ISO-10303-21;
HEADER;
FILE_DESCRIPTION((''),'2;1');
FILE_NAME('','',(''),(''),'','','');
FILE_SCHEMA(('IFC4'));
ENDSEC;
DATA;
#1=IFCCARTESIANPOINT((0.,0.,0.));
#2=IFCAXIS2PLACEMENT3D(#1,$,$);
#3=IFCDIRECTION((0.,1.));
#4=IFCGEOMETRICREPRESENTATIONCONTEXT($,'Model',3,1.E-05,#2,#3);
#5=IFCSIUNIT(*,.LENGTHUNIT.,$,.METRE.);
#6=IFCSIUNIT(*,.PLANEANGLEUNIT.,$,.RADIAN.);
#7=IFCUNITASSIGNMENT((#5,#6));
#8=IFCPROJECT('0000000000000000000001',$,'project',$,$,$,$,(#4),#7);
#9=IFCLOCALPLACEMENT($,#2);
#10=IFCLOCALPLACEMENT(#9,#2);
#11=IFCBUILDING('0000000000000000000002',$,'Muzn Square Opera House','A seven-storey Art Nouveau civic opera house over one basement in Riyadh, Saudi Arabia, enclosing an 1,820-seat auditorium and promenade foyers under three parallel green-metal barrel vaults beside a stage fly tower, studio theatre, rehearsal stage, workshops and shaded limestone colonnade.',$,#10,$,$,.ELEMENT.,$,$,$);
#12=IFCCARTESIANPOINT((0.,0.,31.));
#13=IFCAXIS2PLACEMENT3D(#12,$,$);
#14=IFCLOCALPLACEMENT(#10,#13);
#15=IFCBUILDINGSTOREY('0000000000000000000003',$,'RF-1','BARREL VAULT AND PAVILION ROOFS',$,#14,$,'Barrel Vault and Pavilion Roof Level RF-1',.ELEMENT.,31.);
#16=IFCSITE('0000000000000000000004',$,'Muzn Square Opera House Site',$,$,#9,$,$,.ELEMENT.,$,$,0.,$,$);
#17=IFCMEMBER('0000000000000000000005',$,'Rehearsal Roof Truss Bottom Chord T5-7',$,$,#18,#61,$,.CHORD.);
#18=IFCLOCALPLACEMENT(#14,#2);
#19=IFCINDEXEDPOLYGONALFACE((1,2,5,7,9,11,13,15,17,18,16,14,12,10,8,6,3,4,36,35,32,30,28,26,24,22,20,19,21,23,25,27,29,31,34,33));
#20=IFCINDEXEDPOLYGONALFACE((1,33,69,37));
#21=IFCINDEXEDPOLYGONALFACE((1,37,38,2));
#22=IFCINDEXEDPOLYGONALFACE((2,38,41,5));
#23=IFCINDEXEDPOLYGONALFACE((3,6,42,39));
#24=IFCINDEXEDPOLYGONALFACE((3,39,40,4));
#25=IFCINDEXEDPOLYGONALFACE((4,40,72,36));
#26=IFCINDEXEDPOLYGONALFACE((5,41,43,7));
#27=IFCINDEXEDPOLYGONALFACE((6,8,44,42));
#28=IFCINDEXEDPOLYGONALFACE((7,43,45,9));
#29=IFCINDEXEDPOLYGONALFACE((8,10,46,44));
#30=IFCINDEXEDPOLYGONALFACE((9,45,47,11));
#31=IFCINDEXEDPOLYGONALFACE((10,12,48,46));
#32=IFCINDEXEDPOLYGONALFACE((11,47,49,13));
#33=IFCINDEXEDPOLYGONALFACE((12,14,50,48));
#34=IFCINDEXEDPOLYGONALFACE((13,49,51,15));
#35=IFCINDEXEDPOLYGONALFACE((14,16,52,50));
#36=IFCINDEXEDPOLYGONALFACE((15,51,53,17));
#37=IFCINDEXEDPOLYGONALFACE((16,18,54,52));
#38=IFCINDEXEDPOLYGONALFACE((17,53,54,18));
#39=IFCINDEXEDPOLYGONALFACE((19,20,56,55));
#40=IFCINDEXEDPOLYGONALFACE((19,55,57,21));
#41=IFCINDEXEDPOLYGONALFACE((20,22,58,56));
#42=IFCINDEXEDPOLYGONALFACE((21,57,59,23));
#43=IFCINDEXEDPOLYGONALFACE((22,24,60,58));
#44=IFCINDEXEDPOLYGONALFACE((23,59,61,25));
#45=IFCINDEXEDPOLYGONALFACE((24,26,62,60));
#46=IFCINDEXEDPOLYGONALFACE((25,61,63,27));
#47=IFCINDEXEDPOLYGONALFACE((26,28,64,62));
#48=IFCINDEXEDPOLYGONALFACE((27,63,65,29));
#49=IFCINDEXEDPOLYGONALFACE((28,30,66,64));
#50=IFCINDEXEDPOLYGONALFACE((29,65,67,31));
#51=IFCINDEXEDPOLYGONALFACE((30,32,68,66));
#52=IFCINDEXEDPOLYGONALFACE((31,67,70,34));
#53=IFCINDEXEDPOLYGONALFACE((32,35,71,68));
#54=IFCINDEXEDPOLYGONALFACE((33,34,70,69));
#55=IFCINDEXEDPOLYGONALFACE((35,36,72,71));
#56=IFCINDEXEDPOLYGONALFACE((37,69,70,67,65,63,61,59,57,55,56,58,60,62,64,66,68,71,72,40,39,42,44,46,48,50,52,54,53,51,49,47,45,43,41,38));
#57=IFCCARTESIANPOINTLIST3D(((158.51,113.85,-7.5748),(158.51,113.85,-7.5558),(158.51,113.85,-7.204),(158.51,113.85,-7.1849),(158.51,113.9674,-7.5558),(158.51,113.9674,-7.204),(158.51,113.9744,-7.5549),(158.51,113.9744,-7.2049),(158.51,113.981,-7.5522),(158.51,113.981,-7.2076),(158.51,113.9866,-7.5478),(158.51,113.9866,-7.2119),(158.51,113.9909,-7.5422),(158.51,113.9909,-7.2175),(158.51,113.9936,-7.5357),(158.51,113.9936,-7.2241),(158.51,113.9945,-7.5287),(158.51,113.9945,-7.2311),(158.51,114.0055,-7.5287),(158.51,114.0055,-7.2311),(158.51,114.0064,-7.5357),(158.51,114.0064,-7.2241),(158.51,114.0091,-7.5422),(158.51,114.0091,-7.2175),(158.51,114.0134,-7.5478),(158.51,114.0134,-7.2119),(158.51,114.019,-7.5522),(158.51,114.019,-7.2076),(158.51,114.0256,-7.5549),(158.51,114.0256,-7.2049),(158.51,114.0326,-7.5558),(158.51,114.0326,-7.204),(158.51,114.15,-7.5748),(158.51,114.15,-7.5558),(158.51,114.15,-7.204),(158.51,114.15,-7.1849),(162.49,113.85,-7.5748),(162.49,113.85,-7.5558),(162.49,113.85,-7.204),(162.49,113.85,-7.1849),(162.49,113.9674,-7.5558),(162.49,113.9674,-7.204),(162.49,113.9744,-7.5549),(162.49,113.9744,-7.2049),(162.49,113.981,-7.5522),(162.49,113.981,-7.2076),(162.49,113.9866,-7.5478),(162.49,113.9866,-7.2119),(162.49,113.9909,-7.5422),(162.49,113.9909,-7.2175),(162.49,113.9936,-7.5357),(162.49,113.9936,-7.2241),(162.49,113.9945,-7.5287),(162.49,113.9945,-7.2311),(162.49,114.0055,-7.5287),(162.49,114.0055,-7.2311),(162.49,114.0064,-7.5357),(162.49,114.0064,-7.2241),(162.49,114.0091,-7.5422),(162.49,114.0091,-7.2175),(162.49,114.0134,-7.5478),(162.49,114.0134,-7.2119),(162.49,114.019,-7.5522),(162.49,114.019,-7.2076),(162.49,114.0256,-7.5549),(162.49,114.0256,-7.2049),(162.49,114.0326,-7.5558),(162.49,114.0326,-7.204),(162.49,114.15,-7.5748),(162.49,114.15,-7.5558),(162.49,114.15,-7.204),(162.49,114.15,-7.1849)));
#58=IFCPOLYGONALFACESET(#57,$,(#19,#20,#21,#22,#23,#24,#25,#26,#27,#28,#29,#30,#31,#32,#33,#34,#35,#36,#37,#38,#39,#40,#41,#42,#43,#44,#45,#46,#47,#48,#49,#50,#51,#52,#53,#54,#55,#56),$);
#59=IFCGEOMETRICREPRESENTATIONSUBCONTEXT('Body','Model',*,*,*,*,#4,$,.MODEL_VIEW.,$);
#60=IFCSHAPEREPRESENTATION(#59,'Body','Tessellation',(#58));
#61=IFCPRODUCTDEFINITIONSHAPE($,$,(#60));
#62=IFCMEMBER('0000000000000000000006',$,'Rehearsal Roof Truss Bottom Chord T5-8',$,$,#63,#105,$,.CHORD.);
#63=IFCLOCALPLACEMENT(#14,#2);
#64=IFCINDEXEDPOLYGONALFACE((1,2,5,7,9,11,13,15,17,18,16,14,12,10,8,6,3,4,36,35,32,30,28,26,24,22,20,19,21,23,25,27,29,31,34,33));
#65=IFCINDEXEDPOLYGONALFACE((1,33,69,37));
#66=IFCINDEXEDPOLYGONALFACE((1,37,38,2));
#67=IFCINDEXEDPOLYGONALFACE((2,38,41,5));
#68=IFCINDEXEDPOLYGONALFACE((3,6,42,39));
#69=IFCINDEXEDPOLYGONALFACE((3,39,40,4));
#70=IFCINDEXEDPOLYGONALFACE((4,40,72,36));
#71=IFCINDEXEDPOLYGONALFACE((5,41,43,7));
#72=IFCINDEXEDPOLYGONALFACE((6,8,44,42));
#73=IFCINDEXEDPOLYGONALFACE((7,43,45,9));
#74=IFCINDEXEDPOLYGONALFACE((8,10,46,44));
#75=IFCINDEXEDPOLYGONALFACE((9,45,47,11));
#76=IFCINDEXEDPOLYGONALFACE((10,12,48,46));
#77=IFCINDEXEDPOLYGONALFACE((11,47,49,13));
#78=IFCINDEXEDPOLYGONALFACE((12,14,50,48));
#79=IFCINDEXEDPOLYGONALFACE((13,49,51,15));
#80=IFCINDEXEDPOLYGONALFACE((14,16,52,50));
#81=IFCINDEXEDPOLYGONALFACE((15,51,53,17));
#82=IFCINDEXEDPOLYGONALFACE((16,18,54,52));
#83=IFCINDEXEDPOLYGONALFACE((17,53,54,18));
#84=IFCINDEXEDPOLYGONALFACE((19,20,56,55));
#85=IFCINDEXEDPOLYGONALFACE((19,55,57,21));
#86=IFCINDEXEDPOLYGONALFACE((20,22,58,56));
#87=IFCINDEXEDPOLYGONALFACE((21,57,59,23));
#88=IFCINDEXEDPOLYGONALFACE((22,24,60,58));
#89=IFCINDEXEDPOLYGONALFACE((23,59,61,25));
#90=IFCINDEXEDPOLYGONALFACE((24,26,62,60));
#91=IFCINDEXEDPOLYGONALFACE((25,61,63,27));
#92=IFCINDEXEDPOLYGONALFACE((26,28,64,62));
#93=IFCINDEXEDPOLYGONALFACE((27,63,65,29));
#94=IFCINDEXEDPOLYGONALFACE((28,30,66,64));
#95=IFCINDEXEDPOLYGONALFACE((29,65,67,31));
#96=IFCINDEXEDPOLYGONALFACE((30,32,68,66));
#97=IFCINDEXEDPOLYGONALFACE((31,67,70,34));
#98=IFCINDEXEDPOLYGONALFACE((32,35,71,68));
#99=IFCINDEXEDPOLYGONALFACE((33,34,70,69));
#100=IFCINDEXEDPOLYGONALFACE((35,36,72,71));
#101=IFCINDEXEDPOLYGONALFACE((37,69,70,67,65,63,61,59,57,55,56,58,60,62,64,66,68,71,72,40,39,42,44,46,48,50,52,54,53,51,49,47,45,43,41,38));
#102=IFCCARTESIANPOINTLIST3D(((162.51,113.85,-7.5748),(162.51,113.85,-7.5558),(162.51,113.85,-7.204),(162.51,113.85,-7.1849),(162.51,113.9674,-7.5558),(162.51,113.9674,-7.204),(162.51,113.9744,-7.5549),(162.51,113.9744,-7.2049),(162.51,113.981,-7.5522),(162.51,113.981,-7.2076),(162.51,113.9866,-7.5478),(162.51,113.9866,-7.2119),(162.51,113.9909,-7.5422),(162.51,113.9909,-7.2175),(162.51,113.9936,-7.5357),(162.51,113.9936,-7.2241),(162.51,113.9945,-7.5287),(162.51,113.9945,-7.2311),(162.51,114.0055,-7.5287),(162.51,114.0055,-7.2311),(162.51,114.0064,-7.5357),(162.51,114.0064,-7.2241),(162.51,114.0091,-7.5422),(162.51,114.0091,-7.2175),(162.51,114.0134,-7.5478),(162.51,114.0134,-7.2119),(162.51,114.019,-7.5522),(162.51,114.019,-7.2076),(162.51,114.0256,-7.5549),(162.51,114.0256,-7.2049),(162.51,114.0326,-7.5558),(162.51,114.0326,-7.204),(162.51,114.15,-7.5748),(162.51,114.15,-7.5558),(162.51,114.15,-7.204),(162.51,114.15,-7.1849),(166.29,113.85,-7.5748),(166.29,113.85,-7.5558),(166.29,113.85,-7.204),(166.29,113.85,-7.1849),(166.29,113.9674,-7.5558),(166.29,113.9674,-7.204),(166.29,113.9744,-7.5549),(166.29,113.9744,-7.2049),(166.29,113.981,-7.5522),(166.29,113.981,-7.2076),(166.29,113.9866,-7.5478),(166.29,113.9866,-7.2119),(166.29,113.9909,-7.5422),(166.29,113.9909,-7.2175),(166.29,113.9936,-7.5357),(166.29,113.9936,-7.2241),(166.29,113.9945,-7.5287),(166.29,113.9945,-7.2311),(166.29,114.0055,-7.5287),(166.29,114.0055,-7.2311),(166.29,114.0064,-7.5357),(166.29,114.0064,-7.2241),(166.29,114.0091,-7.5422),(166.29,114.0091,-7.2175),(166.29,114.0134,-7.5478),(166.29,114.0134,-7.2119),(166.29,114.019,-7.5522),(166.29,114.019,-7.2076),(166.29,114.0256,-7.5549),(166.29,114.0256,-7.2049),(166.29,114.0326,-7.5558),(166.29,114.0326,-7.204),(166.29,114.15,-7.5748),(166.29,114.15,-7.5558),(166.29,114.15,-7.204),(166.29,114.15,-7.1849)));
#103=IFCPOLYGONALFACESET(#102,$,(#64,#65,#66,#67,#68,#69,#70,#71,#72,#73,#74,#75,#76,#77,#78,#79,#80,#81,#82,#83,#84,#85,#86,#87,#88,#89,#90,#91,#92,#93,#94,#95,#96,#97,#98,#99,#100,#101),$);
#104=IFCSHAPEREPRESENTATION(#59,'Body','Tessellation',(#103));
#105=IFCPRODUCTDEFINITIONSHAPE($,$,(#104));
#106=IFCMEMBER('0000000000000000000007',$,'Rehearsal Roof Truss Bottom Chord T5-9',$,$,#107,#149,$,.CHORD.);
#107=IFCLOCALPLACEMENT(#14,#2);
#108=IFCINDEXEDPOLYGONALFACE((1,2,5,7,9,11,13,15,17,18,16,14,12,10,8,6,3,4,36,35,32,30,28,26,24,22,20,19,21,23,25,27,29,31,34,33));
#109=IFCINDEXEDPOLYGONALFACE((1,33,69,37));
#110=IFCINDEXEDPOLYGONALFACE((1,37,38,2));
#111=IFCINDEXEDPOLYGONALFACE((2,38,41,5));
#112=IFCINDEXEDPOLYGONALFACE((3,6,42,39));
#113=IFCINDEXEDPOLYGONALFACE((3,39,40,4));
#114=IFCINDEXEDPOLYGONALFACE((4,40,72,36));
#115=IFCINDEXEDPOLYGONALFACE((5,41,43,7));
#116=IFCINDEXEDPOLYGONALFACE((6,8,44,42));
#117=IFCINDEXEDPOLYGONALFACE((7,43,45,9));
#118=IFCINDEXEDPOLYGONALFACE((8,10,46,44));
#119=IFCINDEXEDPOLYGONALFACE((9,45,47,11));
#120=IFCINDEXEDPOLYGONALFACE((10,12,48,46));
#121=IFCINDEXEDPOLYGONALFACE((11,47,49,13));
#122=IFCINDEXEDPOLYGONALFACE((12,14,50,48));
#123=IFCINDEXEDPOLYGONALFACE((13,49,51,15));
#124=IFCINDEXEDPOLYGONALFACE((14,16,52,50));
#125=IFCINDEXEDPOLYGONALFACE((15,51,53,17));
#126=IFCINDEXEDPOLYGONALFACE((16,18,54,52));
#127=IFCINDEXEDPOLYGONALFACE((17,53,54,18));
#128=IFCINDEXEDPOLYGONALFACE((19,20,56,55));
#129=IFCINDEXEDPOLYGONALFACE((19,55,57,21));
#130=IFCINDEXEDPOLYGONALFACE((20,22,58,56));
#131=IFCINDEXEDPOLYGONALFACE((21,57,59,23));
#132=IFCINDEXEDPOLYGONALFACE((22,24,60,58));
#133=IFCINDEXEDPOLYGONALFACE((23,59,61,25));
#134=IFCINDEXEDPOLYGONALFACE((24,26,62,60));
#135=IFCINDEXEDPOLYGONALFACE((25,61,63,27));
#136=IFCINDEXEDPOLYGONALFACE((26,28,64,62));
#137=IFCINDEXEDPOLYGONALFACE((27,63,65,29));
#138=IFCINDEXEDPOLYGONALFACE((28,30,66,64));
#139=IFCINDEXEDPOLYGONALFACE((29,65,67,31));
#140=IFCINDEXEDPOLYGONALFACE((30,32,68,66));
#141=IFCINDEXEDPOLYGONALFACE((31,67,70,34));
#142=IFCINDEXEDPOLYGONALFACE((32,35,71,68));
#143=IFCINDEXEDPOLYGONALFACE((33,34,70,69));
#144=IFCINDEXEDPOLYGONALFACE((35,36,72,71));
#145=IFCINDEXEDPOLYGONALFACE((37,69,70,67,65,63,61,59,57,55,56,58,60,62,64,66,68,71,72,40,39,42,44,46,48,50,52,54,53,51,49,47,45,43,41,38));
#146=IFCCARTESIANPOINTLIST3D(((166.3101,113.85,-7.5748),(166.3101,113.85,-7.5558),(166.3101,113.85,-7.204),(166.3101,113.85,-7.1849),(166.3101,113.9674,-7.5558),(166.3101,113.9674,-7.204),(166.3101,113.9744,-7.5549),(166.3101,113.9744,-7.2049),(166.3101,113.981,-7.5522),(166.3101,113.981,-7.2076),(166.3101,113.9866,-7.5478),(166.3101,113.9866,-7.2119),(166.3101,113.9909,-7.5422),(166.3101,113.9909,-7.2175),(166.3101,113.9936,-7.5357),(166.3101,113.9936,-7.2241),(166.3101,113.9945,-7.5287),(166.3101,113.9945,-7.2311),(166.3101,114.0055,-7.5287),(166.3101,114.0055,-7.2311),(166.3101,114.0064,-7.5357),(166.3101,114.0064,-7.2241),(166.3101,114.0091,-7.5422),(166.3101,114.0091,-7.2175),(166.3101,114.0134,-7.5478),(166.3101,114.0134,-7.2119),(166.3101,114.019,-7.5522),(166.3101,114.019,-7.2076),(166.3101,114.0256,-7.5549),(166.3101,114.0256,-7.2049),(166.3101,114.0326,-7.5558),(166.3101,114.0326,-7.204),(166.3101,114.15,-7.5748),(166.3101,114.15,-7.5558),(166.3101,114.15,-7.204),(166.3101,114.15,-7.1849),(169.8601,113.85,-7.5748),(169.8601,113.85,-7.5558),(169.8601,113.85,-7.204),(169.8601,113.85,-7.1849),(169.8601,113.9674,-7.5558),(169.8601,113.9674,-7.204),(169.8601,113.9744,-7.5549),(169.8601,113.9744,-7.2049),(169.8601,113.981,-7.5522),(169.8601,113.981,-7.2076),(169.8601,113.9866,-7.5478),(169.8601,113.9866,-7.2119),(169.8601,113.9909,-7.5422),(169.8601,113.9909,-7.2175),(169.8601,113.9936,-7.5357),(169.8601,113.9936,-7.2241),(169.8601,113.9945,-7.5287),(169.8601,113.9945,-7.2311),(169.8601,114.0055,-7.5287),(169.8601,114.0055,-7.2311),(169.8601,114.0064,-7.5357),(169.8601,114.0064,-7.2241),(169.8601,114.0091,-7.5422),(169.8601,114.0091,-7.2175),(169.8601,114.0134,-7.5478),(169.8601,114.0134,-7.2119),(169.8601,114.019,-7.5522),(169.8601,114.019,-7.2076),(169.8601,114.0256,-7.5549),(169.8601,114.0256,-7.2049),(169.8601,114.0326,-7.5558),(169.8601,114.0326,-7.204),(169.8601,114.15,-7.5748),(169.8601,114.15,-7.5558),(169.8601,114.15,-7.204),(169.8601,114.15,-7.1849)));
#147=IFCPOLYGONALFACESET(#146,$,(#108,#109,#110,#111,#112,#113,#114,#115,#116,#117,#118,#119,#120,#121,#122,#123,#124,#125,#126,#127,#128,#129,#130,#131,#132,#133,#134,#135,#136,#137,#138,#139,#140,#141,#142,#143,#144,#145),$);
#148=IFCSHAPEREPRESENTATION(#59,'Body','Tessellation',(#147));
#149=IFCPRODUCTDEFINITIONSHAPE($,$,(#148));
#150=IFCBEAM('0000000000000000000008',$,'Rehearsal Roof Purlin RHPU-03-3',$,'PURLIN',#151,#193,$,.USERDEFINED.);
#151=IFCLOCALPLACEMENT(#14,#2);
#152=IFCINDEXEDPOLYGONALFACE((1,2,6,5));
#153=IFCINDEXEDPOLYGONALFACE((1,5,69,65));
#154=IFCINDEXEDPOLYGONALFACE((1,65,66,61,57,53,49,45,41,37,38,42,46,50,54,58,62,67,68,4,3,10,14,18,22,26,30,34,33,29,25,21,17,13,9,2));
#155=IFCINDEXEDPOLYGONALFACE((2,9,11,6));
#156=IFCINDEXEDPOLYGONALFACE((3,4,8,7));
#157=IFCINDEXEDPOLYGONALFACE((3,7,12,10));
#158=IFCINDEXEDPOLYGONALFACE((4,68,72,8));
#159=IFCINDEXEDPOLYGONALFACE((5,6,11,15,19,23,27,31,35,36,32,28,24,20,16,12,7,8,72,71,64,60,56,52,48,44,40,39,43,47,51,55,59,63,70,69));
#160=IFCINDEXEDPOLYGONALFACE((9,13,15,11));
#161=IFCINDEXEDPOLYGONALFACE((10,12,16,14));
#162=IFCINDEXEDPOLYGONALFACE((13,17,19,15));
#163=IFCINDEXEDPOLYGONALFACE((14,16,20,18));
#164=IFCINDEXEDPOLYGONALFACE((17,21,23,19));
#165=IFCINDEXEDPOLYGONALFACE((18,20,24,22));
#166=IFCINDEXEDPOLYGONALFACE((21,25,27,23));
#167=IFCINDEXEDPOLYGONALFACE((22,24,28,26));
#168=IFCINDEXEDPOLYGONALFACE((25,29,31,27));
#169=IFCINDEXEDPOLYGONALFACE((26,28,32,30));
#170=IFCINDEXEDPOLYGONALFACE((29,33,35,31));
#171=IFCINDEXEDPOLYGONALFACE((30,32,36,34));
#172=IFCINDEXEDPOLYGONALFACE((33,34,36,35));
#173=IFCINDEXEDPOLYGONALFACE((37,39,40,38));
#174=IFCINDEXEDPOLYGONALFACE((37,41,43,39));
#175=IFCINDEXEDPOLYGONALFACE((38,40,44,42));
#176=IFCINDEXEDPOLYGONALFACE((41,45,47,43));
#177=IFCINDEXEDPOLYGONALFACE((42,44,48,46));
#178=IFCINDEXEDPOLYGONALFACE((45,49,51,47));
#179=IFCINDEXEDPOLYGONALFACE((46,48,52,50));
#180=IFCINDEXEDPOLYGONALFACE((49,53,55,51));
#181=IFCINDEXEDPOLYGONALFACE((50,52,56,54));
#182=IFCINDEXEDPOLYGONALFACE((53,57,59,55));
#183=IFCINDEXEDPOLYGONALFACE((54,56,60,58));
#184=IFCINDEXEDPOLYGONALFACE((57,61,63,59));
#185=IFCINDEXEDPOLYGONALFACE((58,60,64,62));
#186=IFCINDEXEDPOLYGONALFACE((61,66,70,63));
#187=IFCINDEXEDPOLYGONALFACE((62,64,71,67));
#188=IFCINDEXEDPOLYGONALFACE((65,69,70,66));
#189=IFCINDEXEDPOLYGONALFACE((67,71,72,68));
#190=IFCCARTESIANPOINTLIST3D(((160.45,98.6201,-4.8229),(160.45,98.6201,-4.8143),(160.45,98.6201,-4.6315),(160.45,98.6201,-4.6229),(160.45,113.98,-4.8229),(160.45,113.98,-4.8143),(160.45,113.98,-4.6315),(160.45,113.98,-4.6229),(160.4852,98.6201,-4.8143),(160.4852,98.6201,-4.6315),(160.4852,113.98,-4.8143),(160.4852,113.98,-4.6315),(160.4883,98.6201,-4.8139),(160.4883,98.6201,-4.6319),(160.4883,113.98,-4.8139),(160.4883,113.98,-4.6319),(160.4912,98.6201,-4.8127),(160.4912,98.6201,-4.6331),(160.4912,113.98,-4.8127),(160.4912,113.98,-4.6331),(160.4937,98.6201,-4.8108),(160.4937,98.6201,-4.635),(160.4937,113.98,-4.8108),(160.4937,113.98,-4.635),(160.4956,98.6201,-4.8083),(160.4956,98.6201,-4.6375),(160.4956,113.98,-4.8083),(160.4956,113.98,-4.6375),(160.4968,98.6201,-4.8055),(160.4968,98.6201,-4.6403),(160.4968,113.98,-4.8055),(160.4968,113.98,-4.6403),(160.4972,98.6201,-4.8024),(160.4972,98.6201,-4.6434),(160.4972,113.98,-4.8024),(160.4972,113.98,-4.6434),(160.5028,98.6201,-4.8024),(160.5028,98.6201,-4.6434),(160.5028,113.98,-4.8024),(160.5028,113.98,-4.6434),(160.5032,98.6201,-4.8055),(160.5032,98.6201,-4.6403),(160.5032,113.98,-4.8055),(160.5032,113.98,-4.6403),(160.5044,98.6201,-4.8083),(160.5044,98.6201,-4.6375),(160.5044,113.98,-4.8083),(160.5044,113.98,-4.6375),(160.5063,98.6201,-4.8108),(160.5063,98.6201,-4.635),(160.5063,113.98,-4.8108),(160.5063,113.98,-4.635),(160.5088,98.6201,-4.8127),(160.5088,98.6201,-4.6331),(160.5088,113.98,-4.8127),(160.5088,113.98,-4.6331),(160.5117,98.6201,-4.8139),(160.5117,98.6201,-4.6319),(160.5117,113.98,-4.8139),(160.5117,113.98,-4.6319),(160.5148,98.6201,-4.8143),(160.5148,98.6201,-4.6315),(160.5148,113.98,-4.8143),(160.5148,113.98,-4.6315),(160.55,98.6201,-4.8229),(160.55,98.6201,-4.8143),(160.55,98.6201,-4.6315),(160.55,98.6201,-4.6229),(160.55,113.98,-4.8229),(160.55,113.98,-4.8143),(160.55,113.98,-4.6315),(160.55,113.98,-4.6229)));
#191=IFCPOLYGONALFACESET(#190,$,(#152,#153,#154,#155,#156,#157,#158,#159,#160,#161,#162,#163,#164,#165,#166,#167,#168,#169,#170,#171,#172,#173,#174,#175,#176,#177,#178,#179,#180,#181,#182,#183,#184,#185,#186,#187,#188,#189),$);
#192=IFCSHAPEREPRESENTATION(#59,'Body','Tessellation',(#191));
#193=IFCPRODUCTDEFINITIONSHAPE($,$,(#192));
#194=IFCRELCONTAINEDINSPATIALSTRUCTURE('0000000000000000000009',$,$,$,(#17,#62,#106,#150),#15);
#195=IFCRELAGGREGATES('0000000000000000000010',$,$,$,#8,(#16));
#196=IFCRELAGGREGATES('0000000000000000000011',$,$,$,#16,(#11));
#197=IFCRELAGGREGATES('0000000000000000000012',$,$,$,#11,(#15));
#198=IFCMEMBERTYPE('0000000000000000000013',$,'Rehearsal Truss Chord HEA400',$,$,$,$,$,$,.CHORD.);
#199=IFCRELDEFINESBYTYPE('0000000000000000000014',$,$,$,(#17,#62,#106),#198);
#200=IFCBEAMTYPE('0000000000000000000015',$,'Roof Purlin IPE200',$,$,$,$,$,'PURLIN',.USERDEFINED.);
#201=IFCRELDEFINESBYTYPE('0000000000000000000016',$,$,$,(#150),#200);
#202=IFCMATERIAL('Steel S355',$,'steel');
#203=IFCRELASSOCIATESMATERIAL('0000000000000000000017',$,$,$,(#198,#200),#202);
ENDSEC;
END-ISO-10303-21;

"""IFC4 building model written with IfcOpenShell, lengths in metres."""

from ifc_helpers import new_model, si_unit, direction, frame, origin, origin_2d, place, context, subcontext, project, spatial, i_section, extrude, material, material_profile, profile_set, type_object, element, save


model = new_model("IFC4")

# Units and contexts
model_context = context("Model", 3, precision=1e-05, world=origin(), true_north=direction((0.0, 1.0)))
body_context = subcontext(model_context, "Body", "Model", "MODEL_VIEW")
ifc_project = project(units=[si_unit("LENGTHUNIT", "METRE"), si_unit("PLANEANGLEUNIT", "RADIAN")], contexts=[model_context])

# Site, building, storey
site_placement = place(None, origin())
site = spatial("IfcSite", under=ifc_project, at=site_placement, Name="Muzn Square Opera House Site", CompositionType="ELEMENT", RefElevation=0.0)
building_placement = place(site_placement, origin())
building = spatial("IfcBuilding", under=site, at=building_placement, Name="Muzn Square Opera House", Description="A seven-storey Art Nouveau civic opera house over one basement in Riyadh, Saudi Arabia, enclosing an 1,820-seat auditorium and promenade foyers under three parallel green-metal barrel vaults beside a stage fly tower, studio theatre, rehearsal stage, workshops and shaded limestone colonnade.", CompositionType="ELEMENT")
storey_placement = place(building_placement, frame((0.0, 0.0, 31.0)))
storey = spatial("IfcBuildingStorey", under=building, at=storey_placement, Name="RF-1", Description="BARREL VAULT AND PAVILION ROOFS", LongName="Barrel Vault and Pavilion Roof Level RF-1", CompositionType="ELEMENT", Elevation=31.0)

# Shared definitions
ifc_material = material(Name="Steel S355", Category="steel")

# Members
ifc_material_profile_1 = material_profile(ifc_material, i_section(OverallWidth=0.3, OverallDepth=0.3899, WebThickness=0.011, FlangeThickness=0.019, FilletRadius=0.0271, at=origin_2d()), Name="HEA 400", Category="steel")
ifc_profile_set_1 = profile_set([ifc_material_profile_1], Name="Steel S355")
member_type_1 = type_object("IfcMemberType", Name="Rehearsal Truss Chord HEA400", PredefinedType="CHORD", material=ifc_profile_set_1)
member_1_placement = place(storey_placement, frame((158.51, 114.0, -7.3799), z_axis=(1.0, 0.0, 0.0), x_axis=(0.0, 1.0, 0.0)))
element("IfcMember", 1, at=member_1_placement, inside=storey, type_object=member_type_1, Name="Rehearsal Roof Truss Bottom Chord T5-7", PredefinedType="CHORD", context=body_context, shape_type="SweptSolid", body=[
    extrude(i_section(OverallWidth=0.3, OverallDepth=0.3899, WebThickness=0.011, FlangeThickness=0.019, FilletRadius=0.0271, at=origin_2d()), origin(), (0.0, 0.0, 1.0), 3.98),
])
member_2_placement = place(storey_placement, frame((162.51, 114.0, -7.3799), z_axis=(1.0, 0.0, 0.0), x_axis=(0.0, 1.0, 0.0)))
element("IfcMember", 2, at=member_2_placement, inside=storey, type_object=member_type_1, Name="Rehearsal Roof Truss Bottom Chord T5-8", PredefinedType="CHORD", context=body_context, shape_type="SweptSolid", body=[
    extrude(i_section(OverallWidth=0.3, OverallDepth=0.3899, WebThickness=0.011, FlangeThickness=0.019, FilletRadius=0.0271, at=origin_2d()), origin(), (0.0, 0.0, 1.0), 3.78),
])
member_3_placement = place(storey_placement, frame((166.3101, 114.0, -7.3799), z_axis=(1.0, 0.0, 0.0), x_axis=(0.0, 1.0, 0.0)))
element("IfcMember", 3, at=member_3_placement, inside=storey, type_object=member_type_1, Name="Rehearsal Roof Truss Bottom Chord T5-9", PredefinedType="CHORD", context=body_context, shape_type="SweptSolid", body=[
    extrude(i_section(OverallWidth=0.3, OverallDepth=0.3899, WebThickness=0.011, FlangeThickness=0.019, FilletRadius=0.0271, at=origin_2d()), origin(), (0.0, 0.0, 1.0), 3.55),
])

# Beam
ifc_material_profile_2 = material_profile(ifc_material, i_section(OverallWidth=0.1001, OverallDepth=0.2, WebThickness=0.0056, FlangeThickness=0.0085, FilletRadius=0.012, at=origin_2d()), Name="IPE 200", Category="steel")
ifc_profile_set_2 = profile_set([ifc_material_profile_2], Name="Steel S355")
beam_type = type_object("IfcBeamType", Name="Roof Purlin IPE200", ElementType="PURLIN", PredefinedType="USERDEFINED", material=ifc_profile_set_2)
for number, where, z_axis, x_axis, name in (
    (4, (160.5, 98.6201, -4.7229), (0.0, 1.0, 0.0), (-1.0, 0.0, 0.0), "Rehearsal Roof Purlin RHPU-03-3"),
):
    element("IfcBeam", number, at=place(storey_placement, frame(where, z_axis=z_axis, x_axis=x_axis)), inside=storey, type_object=beam_type, Name=name, ObjectType="PURLIN", PredefinedType="USERDEFINED", context=body_context, shape_type="SweptSolid", body=[
        extrude(i_section(OverallWidth=0.1001, OverallDepth=0.2, WebThickness=0.0056, FlangeThickness=0.0085, FilletRadius=0.012, at=origin_2d()), origin(), (0.0, 0.0, 1.0), 15.3599),
    ])

save(model, "model.ifc")
